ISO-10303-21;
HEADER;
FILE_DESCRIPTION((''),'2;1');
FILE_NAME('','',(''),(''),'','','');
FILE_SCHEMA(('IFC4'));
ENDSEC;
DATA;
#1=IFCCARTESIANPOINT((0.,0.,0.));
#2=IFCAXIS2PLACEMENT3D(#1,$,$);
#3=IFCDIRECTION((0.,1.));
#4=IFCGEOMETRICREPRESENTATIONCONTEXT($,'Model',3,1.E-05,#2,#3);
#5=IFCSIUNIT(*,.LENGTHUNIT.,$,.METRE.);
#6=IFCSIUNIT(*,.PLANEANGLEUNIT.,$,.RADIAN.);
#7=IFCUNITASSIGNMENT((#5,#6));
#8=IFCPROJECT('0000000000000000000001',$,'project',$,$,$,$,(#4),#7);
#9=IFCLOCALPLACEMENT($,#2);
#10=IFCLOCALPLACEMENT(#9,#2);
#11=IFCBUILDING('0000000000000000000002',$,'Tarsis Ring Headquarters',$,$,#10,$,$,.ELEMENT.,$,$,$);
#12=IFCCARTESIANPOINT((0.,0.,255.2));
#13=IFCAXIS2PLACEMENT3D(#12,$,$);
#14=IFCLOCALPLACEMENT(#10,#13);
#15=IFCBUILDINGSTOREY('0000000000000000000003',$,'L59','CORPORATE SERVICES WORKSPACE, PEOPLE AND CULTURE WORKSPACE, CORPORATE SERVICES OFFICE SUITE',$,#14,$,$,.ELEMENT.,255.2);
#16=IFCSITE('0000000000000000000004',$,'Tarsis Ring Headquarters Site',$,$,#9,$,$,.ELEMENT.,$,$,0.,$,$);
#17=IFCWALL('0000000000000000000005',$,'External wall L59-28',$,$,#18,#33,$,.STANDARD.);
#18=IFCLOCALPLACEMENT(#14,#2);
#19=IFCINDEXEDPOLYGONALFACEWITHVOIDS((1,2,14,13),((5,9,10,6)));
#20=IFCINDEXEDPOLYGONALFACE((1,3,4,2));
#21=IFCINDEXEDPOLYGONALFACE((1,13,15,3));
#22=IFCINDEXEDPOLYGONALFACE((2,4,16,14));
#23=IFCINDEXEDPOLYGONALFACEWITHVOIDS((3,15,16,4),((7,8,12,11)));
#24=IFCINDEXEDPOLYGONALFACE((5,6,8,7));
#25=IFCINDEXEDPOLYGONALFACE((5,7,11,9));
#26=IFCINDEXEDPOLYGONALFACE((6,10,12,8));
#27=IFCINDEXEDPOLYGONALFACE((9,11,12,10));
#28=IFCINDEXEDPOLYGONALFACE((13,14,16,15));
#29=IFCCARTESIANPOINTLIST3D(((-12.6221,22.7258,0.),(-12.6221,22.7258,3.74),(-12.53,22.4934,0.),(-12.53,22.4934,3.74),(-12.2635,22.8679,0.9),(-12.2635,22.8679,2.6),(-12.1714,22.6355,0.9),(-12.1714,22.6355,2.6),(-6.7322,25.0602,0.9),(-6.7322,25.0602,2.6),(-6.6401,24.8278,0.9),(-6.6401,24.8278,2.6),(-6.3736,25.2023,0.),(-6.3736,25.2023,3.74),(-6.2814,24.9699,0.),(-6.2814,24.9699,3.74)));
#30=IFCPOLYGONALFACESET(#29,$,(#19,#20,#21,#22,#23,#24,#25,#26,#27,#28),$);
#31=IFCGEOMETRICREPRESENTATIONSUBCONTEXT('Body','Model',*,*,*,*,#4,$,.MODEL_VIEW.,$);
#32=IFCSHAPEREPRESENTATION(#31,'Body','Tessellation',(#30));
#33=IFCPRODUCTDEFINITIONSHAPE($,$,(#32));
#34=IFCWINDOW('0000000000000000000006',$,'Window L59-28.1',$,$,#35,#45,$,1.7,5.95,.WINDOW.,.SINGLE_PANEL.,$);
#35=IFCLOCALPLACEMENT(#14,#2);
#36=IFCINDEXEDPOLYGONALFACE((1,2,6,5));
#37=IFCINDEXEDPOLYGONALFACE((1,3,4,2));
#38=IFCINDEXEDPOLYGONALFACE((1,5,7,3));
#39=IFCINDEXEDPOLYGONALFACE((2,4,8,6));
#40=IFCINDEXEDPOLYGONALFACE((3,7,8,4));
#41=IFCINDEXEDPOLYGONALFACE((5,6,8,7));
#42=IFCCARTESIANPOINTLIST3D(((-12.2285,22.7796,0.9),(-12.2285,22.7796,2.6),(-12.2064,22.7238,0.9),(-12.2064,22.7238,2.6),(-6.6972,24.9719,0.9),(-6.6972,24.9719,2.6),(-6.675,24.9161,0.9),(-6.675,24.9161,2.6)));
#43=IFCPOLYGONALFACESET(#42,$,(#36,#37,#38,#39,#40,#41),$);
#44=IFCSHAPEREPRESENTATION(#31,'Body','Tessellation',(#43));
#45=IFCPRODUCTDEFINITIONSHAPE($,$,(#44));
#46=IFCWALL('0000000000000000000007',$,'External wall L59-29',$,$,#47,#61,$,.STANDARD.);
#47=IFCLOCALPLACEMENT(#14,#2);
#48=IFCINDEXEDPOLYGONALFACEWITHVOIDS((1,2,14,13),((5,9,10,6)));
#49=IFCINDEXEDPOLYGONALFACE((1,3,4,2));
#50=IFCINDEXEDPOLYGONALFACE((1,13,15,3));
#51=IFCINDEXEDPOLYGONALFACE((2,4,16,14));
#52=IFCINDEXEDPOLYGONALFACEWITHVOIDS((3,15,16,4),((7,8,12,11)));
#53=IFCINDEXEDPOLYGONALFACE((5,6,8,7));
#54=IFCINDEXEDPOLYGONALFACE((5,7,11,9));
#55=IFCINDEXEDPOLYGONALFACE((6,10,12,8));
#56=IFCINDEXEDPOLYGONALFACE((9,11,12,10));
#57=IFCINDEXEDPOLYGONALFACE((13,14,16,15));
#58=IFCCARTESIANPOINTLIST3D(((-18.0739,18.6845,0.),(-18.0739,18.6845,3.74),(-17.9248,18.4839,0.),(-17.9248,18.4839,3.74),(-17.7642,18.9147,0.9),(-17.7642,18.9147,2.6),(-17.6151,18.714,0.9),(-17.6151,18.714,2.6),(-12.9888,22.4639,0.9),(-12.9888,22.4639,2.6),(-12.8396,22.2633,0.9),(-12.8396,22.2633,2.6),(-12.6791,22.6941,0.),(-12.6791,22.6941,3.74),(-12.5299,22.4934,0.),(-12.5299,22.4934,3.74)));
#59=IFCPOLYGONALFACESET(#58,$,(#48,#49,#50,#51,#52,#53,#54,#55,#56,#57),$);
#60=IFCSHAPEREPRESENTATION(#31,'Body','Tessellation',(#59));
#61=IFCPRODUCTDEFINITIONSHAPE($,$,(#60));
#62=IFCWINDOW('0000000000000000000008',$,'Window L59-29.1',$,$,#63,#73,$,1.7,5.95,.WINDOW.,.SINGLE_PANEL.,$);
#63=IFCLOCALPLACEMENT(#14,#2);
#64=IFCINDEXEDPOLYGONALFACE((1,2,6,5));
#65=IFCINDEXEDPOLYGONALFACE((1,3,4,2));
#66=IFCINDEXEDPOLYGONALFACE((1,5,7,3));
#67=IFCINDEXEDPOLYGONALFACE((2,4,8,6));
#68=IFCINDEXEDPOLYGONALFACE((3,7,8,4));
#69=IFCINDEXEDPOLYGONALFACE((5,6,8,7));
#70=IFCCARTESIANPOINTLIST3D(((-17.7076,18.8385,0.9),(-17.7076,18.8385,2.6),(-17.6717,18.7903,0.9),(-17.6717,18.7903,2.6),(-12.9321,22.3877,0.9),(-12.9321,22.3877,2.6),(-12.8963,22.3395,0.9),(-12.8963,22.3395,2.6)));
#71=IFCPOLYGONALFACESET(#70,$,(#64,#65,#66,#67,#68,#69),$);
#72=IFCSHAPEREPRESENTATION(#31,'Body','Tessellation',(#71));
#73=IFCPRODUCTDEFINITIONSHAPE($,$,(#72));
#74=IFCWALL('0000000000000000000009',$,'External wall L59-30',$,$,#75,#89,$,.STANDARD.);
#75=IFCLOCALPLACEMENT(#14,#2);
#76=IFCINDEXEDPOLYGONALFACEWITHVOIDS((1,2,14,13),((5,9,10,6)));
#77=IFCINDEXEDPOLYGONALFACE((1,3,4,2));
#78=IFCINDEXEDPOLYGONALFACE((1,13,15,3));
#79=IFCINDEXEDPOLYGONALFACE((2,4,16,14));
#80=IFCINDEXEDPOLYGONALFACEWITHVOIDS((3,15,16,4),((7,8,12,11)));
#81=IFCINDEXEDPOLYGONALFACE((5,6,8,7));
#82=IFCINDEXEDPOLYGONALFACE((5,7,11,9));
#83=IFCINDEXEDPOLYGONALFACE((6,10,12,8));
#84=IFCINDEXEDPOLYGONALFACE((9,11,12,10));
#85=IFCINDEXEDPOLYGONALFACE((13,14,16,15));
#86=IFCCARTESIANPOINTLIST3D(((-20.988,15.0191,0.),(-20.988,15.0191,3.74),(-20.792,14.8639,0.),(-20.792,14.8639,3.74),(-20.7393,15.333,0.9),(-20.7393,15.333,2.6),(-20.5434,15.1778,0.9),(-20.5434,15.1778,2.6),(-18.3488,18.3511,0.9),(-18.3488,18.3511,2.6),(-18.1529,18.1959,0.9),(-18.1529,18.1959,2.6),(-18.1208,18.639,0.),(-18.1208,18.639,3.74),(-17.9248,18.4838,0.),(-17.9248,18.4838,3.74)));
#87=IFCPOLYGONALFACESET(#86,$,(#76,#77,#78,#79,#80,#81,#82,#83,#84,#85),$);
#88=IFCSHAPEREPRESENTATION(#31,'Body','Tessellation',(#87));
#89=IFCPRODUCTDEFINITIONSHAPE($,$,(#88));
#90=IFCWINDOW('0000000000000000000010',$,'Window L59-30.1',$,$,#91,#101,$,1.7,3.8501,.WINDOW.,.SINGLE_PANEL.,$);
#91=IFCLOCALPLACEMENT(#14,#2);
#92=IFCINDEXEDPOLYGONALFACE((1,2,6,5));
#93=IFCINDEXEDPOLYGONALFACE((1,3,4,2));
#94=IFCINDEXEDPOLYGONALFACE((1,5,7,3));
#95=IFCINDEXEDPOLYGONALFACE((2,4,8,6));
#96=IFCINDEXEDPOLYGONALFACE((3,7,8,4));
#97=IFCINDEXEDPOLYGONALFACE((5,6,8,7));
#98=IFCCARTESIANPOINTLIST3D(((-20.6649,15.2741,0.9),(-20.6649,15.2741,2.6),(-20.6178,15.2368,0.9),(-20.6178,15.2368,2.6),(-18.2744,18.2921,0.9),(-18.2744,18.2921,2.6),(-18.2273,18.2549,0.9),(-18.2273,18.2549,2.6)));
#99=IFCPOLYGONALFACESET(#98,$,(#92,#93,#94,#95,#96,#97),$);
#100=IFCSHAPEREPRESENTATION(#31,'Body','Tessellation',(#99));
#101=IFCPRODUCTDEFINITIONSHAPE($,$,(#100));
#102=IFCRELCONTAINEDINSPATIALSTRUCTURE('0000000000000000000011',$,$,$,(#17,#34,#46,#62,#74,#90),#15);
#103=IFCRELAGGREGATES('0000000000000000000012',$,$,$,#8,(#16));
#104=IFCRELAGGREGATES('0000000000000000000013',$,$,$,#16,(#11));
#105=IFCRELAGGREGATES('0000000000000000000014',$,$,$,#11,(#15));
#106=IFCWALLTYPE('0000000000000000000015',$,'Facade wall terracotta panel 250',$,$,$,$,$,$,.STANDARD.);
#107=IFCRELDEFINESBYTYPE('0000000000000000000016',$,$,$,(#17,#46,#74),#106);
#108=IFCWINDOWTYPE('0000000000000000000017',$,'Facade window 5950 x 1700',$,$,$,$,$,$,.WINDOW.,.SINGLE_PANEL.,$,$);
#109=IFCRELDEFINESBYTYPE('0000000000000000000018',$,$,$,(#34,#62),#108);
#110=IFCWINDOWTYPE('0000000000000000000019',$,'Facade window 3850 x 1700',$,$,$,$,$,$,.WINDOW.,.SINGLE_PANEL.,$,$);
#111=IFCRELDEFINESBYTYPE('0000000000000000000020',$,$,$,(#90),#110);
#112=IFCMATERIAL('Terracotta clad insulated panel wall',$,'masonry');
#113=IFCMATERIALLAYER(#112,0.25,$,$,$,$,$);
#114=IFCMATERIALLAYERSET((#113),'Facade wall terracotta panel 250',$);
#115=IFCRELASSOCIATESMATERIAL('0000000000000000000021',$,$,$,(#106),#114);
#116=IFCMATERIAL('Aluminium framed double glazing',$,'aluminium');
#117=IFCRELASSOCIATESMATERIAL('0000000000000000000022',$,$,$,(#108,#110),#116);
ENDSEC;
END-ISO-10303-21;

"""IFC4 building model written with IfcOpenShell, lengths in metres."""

from ifc_helpers import new_model, si_unit, direction, frame, frame_2d, origin, place, context, subcontext, project, spatial, rectangle, extrude, material, layer, layer_set, type_object, element, fill, save


model = new_model("IFC4")

# Units and contexts
model_context = context("Model", 3, precision=1e-05, world=origin(), true_north=direction((0.0, 1.0)))
body_context = subcontext(model_context, "Body", "Model", "MODEL_VIEW")
ifc_project = project(units=[si_unit("LENGTHUNIT", "METRE"), si_unit("PLANEANGLEUNIT", "RADIAN")], contexts=[model_context])

# Site, building, storey
site_placement = place(None, origin())
site = spatial("IfcSite", under=ifc_project, at=site_placement, Name="Tarsis Ring Headquarters Site", CompositionType="ELEMENT", RefElevation=0.0)
building_placement = place(site_placement, origin())
building = spatial("IfcBuilding", under=site, at=building_placement, Name="Tarsis Ring Headquarters", CompositionType="ELEMENT")
storey_placement = place(building_placement, frame((0.0, 0.0, 255.2)))
storey = spatial("IfcBuildingStorey", under=building, at=storey_placement, Name="L59", Description="CORPORATE SERVICES WORKSPACE, PEOPLE AND CULTURE WORKSPACE, CORPORATE SERVICES OFFICE SUITE", CompositionType="ELEMENT", Elevation=255.2)

# Walls, openings, windows
ifc_material_1 = material(Name="Terracotta clad insulated panel wall", Category="masonry")
ifc_layer_1 = layer(ifc_material_1, 0.25)
ifc_layer_set_1 = layer_set([ifc_layer_1], Name="Facade wall terracotta panel 250")
wall_type_1 = type_object("IfcWallType", Name="Facade wall terracotta panel 250", PredefinedType="STANDARD", material=ifc_layer_set_1)
wall_1_placement = place(storey_placement, frame((-6.3274, 25.0862, 0.0), z_axis=(0.0, 0.0, 1.0), x_axis=(-0.929644, -0.368458, 0.0)))
wall_1 = element("IfcWall", 1, at=wall_1_placement, inside=storey, type_object=wall_type_1, Name="External wall L59-28", PredefinedType="STANDARD", context=body_context, shape_type="SweptSolid", body=[
    extrude(rectangle(XDim=6.7214, YDim=0.25, at=frame_2d((3.3608, 0.0))), origin(), (0.0, 0.0, 1.0), 3.74),
])
opening_1_placement = place(wall_1_placement, frame((0.3857, 0.0, 0.8999)))
opening_1 = element("IfcOpeningElement", 2, at=opening_1_placement, cuts=wall_1, PredefinedType="OPENING", context=body_context, shape_type="SweptSolid", body=[
    extrude(rectangle(XDim=5.95, YDim=1.7, at=frame_2d((2.9751, 0.8501))), frame((0.0, 0.135, 0.0), z_axis=(0.0, -1.0, 0.0), x_axis=(1.0, 0.0, 0.0)), (0.0, 0.0, 1.0), 0.27),
])
ifc_material_2 = material(Name="Aluminium framed double glazing", Category="aluminium")
window_type_1 = type_object("IfcWindowType", Name="Facade window 5950 x 1700", PartitioningType="SINGLE_PANEL", PredefinedType="WINDOW", material=ifc_material_2)
window_1_placement = place(opening_1_placement, origin())
window_1 = element("IfcWindow", 3, at=window_1_placement, inside=storey, type_object=window_type_1, Name="Window L59-28.1", OverallHeight=1.7, OverallWidth=5.95, PartitioningType="SINGLE_PANEL", PredefinedType="WINDOW", context=body_context, shape_type="SweptSolid", body=[
    extrude(rectangle(XDim=5.95, YDim=1.7, at=frame_2d((2.9751, 0.8501))), frame((0.0, 0.03, 0.0), z_axis=(0.0, -1.0, 0.0), x_axis=(1.0, 0.0, 0.0)), (0.0, 0.0, 1.0), 0.0601),
])
fill(opening_1, window_1)
wall_2_placement = place(storey_placement, frame((-12.6045, 22.5938, 0.0), z_axis=(0.0, 0.0, 1.0), x_axis=(-0.802603, -0.596513, 0.0)))
wall_2 = element("IfcWall", 4, at=wall_2_placement, inside=storey, type_object=wall_type_1, Name="External wall L59-29", PredefinedType="STANDARD", context=body_context, shape_type="SweptSolid", body=[
    extrude(rectangle(XDim=6.7217, YDim=0.25, at=frame_2d((3.3608, 0.0))), origin(), (0.0, 0.0, 1.0), 3.74),
])
opening_2_placement = place(wall_2_placement, frame((0.3857, 0.0, 0.8999)))
opening_2 = element("IfcOpeningElement", 5, at=opening_2_placement, cuts=wall_2, PredefinedType="OPENING", context=body_context, shape_type="SweptSolid", body=[
    extrude(rectangle(XDim=5.95, YDim=1.7, at=frame_2d((2.9751, 0.8501))), frame((0.0, 0.135, 0.0), z_axis=(0.0, -1.0, 0.0), x_axis=(1.0, 0.0, 0.0)), (0.0, 0.0, 1.0), 0.27),
])
window_2_placement = place(opening_2_placement, origin())
window_2 = element("IfcWindow", 6, at=window_2_placement, inside=storey, type_object=window_type_1, Name="Window L59-29.1", OverallHeight=1.7, OverallWidth=5.95, PartitioningType="SINGLE_PANEL", PredefinedType="WINDOW", context=body_context, shape_type="SweptSolid", body=[
    extrude(rectangle(XDim=5.95, YDim=1.7, at=frame_2d((2.9751, 0.8501))), frame((0.0, 0.03, 0.0), z_axis=(0.0, -1.0, 0.0), x_axis=(1.0, 0.0, 0.0)), (0.0, 0.0, 1.0), 0.0601),
])
fill(opening_2, window_2)
wall_3_placement = place(storey_placement, frame((-18.0227, 18.5615, 0.0), z_axis=(0.0, 0.0, 1.0), x_axis=(-0.620897, -0.783892, 0.0)))
wall_3 = element("IfcWall", 7, at=wall_3_placement, inside=storey, type_object=wall_type_1, Name="External wall L59-30", PredefinedType="STANDARD", context=body_context, shape_type="SweptSolid", body=[
    extrude(rectangle(XDim=4.6179, YDim=0.25, at=frame_2d((2.3091, 0.0))), origin(), (0.0, 0.0, 1.0), 3.74),
])
opening_3_placement = place(wall_3_placement, frame((0.3674, 0.0, 0.8999)))
opening_3 = element("IfcOpeningElement", 8, at=opening_3_placement, cuts=wall_3, PredefinedType="OPENING", context=body_context, shape_type="SweptSolid", body=[
    extrude(rectangle(XDim=3.8501, YDim=1.7, at=frame_2d((1.925, 0.8501))), frame((0.0, 0.135, 0.0), z_axis=(0.0, -1.0, 0.0), x_axis=(1.0, 0.0, 0.0)), (0.0, 0.0, 1.0), 0.27),
])
window_type_2 = type_object("IfcWindowType", Name="Facade window 3850 x 1700", PartitioningType="SINGLE_PANEL", PredefinedType="WINDOW", material=ifc_material_2)
window_3_placement = place(opening_3_placement, origin())
window_3 = element("IfcWindow", 9, at=window_3_placement, inside=storey, type_object=window_type_2, Name="Window L59-30.1", OverallHeight=1.7, OverallWidth=3.8501, PartitioningType="SINGLE_PANEL", PredefinedType="WINDOW", context=body_context, shape_type="SweptSolid", body=[
    extrude(rectangle(XDim=3.8501, YDim=1.7, at=frame_2d((1.925, 0.8501))), frame((0.0, 0.03, 0.0), z_axis=(0.0, -1.0, 0.0), x_axis=(1.0, 0.0, 0.0)), (0.0, 0.0, 1.0), 0.0601),
])
fill(opening_3, window_3)

save(model, "model.ifc")
